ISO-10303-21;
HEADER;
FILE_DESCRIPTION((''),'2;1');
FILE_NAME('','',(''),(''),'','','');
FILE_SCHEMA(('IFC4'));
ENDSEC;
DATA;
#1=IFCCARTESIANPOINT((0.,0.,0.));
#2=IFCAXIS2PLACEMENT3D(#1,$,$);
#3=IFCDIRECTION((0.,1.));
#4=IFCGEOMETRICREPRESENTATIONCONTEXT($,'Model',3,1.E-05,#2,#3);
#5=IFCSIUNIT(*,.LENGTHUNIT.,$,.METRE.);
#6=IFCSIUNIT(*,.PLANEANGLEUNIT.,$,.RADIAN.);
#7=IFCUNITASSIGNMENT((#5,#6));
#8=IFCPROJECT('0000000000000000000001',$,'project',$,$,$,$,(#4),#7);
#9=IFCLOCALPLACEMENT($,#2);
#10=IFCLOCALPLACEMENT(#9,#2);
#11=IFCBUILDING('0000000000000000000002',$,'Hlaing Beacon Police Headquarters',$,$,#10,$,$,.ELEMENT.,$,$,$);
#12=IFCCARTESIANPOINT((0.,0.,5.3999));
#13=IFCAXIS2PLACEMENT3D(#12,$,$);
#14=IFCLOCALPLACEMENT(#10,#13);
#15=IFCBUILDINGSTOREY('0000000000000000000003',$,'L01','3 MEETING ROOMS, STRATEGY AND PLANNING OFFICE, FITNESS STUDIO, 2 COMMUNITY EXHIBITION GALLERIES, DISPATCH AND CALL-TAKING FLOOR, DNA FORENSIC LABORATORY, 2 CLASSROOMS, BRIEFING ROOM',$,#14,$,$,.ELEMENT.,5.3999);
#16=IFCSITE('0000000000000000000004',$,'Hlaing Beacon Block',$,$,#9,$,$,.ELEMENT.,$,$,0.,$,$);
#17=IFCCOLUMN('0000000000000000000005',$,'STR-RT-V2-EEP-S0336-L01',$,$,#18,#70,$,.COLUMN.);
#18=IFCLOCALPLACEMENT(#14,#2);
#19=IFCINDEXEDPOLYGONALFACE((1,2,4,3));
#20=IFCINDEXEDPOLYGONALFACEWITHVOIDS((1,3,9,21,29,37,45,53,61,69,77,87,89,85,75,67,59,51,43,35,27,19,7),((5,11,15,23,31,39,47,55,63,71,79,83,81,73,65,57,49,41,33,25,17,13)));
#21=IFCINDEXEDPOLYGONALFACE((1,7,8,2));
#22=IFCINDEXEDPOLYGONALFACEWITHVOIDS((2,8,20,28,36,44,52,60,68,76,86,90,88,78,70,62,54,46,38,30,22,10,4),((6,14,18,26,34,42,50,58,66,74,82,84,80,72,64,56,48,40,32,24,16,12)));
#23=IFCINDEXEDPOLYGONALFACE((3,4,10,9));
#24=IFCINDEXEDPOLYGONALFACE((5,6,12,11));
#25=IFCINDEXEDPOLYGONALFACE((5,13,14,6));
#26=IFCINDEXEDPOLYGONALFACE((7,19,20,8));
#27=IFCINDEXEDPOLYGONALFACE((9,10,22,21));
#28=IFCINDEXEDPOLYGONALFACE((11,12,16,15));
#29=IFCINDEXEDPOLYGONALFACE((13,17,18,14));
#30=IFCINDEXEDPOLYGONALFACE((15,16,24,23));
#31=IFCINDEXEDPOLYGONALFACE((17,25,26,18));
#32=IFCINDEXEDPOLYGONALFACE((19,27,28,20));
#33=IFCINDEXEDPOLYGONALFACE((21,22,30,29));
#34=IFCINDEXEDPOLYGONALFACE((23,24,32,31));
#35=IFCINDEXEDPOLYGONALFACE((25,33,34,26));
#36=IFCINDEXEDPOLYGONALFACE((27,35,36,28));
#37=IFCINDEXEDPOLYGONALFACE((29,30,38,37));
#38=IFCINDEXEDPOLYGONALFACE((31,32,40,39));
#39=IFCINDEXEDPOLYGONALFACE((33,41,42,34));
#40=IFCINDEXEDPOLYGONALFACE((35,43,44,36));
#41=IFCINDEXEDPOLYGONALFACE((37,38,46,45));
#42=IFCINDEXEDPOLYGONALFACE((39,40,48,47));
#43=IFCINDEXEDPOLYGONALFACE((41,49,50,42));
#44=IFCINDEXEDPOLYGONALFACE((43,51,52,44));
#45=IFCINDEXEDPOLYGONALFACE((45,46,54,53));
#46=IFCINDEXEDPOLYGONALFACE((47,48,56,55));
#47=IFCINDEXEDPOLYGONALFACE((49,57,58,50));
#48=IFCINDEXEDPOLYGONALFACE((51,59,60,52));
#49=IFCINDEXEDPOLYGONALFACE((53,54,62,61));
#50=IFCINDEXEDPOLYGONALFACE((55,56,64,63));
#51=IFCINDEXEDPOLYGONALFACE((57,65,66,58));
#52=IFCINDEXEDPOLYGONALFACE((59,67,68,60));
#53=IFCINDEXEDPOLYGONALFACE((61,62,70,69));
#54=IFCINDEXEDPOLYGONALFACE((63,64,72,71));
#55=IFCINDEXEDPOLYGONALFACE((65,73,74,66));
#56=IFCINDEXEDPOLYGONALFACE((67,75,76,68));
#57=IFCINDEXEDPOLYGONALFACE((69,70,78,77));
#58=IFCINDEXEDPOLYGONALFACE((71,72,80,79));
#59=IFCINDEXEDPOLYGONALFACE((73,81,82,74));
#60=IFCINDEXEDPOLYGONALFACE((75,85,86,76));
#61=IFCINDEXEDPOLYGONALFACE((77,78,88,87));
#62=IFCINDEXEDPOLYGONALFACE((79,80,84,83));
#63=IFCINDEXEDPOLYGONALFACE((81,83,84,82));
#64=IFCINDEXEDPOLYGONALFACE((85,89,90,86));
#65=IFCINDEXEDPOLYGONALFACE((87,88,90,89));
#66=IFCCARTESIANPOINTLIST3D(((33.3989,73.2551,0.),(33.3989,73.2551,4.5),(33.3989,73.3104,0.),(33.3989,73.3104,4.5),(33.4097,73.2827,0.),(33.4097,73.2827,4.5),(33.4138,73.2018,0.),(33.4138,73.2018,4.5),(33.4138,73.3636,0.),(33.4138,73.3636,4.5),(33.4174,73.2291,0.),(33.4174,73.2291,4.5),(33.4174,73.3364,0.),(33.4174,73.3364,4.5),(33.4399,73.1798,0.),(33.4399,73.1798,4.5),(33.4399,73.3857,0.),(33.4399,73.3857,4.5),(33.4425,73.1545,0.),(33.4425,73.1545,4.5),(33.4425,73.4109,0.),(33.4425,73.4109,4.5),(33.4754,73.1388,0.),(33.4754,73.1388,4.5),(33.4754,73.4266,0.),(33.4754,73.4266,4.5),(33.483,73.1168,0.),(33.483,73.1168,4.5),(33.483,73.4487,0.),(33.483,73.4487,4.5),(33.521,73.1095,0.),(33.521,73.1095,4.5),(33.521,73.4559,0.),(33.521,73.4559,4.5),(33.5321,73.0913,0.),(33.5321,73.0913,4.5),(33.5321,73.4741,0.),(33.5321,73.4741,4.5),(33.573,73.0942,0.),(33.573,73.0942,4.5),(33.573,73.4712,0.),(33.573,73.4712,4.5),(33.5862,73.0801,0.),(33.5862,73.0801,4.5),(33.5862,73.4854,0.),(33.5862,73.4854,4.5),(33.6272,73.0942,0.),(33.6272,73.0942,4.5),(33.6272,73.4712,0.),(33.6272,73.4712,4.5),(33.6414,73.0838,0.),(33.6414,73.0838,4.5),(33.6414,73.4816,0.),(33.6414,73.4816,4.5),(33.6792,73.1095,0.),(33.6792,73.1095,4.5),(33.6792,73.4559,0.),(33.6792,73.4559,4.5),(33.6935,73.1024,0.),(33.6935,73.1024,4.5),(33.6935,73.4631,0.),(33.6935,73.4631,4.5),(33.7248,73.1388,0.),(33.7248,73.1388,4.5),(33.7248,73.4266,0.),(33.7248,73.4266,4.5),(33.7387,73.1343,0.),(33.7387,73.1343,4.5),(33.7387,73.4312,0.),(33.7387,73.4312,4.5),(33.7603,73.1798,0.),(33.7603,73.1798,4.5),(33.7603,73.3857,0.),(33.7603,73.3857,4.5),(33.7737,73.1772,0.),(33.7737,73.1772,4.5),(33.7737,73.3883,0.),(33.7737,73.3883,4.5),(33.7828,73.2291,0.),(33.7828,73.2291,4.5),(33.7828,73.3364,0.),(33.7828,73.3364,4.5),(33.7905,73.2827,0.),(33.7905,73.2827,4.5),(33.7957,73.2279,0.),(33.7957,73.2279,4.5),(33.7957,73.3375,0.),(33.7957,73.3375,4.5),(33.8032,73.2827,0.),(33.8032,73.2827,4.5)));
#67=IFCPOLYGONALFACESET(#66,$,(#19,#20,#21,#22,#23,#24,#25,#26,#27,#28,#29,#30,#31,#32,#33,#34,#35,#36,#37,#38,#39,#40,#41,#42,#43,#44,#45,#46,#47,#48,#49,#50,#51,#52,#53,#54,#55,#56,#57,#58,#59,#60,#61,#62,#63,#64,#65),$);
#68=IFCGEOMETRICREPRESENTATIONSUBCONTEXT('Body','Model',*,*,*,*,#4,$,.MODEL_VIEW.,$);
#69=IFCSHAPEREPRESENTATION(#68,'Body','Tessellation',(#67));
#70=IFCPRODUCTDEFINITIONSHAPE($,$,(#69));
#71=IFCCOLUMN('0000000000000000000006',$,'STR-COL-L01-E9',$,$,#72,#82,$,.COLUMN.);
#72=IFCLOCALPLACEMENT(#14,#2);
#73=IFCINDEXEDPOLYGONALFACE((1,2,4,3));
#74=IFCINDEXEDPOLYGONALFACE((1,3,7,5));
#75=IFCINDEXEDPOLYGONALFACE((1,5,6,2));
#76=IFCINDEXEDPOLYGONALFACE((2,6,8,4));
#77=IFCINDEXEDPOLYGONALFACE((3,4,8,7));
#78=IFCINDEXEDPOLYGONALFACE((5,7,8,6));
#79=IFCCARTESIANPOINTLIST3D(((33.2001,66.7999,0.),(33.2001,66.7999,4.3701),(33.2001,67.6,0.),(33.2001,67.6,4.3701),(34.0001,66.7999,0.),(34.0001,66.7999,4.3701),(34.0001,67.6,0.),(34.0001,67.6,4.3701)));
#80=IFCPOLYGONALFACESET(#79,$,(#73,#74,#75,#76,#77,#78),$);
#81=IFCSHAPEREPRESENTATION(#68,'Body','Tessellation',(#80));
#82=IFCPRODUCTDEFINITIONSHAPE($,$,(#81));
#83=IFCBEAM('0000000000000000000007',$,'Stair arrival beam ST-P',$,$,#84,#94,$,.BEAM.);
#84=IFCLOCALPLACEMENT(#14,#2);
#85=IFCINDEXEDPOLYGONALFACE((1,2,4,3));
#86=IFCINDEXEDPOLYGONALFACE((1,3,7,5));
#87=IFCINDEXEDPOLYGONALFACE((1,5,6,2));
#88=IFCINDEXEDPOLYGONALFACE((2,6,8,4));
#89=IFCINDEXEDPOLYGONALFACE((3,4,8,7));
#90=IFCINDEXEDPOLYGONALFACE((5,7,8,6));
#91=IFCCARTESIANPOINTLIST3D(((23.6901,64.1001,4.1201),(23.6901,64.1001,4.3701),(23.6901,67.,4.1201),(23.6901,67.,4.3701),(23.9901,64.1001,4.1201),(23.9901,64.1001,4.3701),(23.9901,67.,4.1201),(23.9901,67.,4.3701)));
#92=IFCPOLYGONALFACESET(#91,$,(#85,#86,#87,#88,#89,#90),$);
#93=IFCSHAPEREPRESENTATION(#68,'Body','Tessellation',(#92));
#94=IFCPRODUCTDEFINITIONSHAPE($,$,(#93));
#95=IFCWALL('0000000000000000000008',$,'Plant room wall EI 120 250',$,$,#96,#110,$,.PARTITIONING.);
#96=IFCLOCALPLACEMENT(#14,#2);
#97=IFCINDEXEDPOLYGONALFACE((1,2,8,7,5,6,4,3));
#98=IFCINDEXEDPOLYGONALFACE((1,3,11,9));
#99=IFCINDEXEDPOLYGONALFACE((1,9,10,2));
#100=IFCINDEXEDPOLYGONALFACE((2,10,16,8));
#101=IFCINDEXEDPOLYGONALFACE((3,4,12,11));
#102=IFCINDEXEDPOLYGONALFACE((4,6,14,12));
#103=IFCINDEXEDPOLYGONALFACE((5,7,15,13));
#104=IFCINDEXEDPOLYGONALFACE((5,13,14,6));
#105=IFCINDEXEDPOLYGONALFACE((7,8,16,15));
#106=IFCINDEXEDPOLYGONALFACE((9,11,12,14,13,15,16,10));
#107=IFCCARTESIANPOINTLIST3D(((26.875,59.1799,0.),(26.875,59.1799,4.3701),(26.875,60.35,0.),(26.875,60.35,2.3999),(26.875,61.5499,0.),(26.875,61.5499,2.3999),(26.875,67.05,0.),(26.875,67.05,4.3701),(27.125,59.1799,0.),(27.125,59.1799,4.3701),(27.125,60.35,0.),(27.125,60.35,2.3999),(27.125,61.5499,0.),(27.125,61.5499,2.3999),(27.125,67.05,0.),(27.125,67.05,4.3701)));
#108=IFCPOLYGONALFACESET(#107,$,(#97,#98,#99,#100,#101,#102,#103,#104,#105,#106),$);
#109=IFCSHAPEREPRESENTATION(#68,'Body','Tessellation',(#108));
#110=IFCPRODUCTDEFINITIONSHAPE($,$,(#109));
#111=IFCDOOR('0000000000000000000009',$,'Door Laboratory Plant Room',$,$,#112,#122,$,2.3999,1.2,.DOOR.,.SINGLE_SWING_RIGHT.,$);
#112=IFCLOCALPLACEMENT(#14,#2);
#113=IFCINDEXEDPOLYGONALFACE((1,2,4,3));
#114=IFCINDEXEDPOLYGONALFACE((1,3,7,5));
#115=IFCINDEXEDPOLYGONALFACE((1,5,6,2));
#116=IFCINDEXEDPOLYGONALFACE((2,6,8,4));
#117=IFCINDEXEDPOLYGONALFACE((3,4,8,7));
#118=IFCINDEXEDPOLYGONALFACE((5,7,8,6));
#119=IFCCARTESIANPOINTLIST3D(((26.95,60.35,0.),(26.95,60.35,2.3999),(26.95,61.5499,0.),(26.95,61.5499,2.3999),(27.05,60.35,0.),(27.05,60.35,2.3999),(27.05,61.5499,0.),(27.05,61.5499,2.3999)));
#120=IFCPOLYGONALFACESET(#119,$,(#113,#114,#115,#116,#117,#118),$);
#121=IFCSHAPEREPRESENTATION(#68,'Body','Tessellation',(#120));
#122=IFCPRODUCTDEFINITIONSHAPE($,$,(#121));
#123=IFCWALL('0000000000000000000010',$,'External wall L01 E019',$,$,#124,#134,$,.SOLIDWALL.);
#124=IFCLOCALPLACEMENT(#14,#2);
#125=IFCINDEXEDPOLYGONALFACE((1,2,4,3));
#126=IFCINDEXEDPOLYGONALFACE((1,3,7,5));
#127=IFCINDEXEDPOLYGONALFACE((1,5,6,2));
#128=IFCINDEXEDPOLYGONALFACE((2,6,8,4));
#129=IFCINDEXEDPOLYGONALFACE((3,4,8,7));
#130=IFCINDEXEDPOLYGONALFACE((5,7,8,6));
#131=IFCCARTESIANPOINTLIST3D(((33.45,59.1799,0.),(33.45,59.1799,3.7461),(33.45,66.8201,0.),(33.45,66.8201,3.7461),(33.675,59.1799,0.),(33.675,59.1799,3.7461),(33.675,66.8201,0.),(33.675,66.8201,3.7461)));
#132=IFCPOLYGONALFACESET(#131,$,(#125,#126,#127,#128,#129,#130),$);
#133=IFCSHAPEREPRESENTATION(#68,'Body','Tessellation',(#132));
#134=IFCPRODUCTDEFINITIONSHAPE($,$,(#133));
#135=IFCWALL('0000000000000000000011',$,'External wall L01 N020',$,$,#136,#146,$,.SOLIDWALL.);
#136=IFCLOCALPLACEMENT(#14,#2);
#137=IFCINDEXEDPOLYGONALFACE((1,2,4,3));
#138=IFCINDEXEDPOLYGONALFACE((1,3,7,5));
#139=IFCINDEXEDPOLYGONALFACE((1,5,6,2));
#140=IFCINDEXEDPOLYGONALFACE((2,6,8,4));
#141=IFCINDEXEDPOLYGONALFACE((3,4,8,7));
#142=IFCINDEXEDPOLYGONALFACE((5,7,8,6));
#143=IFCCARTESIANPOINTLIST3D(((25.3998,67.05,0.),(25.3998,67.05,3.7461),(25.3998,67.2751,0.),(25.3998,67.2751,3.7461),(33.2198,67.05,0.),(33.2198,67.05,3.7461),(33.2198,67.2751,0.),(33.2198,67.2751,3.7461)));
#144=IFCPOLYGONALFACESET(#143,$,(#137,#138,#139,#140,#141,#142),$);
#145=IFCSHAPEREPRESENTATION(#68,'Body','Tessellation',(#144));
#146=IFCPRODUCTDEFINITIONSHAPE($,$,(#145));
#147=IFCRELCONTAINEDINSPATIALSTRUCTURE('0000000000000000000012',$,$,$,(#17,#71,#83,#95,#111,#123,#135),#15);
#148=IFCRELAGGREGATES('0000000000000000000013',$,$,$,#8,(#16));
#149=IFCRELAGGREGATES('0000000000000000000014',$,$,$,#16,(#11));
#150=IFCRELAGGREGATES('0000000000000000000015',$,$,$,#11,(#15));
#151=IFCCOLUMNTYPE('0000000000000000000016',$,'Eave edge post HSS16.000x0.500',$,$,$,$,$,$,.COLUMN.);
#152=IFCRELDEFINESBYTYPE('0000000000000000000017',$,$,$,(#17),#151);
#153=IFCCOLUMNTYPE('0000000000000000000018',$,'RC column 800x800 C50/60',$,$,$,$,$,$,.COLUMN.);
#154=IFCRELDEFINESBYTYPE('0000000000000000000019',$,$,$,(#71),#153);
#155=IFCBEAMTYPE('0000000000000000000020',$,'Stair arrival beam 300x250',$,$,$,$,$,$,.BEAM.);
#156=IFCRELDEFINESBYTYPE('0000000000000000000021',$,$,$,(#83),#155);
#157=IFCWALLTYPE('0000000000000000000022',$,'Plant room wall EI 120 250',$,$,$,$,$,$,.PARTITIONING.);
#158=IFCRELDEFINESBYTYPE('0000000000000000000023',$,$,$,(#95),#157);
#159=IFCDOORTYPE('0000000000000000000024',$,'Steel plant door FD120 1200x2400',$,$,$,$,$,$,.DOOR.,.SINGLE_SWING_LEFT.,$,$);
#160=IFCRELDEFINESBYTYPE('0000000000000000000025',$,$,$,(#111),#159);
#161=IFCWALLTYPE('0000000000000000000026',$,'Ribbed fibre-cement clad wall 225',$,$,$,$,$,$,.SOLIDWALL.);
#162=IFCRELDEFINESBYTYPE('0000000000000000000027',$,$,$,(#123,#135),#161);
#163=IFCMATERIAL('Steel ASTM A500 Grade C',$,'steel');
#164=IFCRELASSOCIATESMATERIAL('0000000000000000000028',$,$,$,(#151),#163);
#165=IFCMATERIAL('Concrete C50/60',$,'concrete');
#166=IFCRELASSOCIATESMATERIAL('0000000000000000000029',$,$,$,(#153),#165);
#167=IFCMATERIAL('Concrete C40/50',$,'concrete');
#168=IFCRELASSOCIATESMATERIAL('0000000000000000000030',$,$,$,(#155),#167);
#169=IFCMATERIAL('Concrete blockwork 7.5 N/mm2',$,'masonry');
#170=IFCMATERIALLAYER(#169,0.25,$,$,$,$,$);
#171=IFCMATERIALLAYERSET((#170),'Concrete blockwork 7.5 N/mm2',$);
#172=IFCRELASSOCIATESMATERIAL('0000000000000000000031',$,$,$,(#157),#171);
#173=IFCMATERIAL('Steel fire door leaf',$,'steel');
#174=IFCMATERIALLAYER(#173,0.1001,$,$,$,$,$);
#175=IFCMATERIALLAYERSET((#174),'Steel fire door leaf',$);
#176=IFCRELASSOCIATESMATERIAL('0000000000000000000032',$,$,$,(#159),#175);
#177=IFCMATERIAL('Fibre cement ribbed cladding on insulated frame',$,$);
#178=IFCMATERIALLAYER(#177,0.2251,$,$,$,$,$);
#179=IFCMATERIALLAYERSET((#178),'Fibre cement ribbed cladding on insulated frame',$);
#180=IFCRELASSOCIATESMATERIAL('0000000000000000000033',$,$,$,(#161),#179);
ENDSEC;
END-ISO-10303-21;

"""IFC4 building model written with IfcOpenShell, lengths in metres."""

from ifc_helpers import new_model, si_unit, direction, frame, frame_2d, origin, origin_2d, place, context, subcontext, project, spatial, rectangle, hollow_circle, extrude, material, layer, layer_set, material_profile, profile_set, type_object, element, fill, save


model = new_model("IFC4")

# Units and contexts
model_context = context("Model", 3, precision=1e-05, world=origin(), true_north=direction((0.0, 1.0)))
body_context = subcontext(model_context, "Body", "Model", "MODEL_VIEW")
ifc_project = project(units=[si_unit("LENGTHUNIT", "METRE"), si_unit("PLANEANGLEUNIT", "RADIAN")], contexts=[model_context])

# Site, building, storey
site_placement = place(None, origin())
site = spatial("IfcSite", under=ifc_project, at=site_placement, Name="Hlaing Beacon Block", CompositionType="ELEMENT", RefElevation=0.0)
building_placement = place(site_placement, origin())
building = spatial("IfcBuilding", under=site, at=building_placement, Name="Hlaing Beacon Police Headquarters", CompositionType="ELEMENT")
storey_placement = place(building_placement, frame((0.0, 0.0, 5.3999)))
storey = spatial("IfcBuildingStorey", under=building, at=storey_placement, Name="L01", Description="3 MEETING ROOMS, STRATEGY AND PLANNING OFFICE, FITNESS STUDIO, 2 COMMUNITY EXHIBITION GALLERIES, DISPATCH AND CALL-TAKING FLOOR, DNA FORENSIC LABORATORY, 2 CLASSROOMS, BRIEFING ROOM", CompositionType="ELEMENT", Elevation=5.3999)

# Columns
ifc_material_1 = material(Name="Steel ASTM A500 Grade C", Category="steel")
ifc_material_profile_1 = material_profile(ifc_material_1, hollow_circle(Radius=0.2031, WallThickness=0.0127, at=origin_2d()), Name="HSS16.000x0.500")
ifc_profile_set_1 = profile_set([ifc_material_profile_1], Name="Steel ASTM A500 Grade C")
column_type_1 = type_object("IfcColumnType", Name="Eave edge post HSS16.000x0.500", PredefinedType="COLUMN", material=ifc_profile_set_1)
column_1_placement = place(storey_placement, frame((33.6001, 73.2827, 0.0), z_axis=(0.0, 0.0, 1.0), x_axis=(1.0, 0.0, 0.0)))
element("IfcColumn", 1, at=column_1_placement, inside=storey, type_object=column_type_1, Name="STR-RT-V2-EEP-S0336-L01", PredefinedType="COLUMN", context=body_context, shape_type="SweptSolid", body=[
    extrude(hollow_circle(Radius=0.2031, WallThickness=0.0127, at=origin_2d()), origin(), (0.0, 0.0, 1.0), 4.5),
])
ifc_material_2 = material(Name="Concrete C50/60", Category="concrete")
ifc_material_profile_2 = material_profile(ifc_material_2, rectangle(XDim=0.8, YDim=0.8, at=origin_2d()), Name="800x800")
ifc_profile_set_2 = profile_set([ifc_material_profile_2], Name="Concrete C50/60")
column_type_2 = type_object("IfcColumnType", Name="RC column 800x800 C50/60", PredefinedType="COLUMN", material=ifc_profile_set_2)
column_2_placement = place(storey_placement, frame((33.6001, 67.2, 0.0), z_axis=(0.0, 0.0, 1.0), x_axis=(1.0, 0.0, 0.0)))
element("IfcColumn", 2, at=column_2_placement, inside=storey, type_object=column_type_2, Name="STR-COL-L01-E9", PredefinedType="COLUMN", context=body_context, shape_type="SweptSolid", body=[
    extrude(rectangle(XDim=0.8, YDim=0.8, at=origin_2d()), origin(), (0.0, 0.0, 1.0), 4.3701),
])

# Beam
ifc_material_3 = material(Name="Concrete C40/50", Category="concrete")
ifc_material_profile_3 = material_profile(ifc_material_3, rectangle(XDim=0.3, YDim=0.25, at=origin_2d()), Name="Stair arrival beam 300x250")
ifc_profile_set_3 = profile_set([ifc_material_profile_3], Name="Concrete C40/50")
beam_type = type_object("IfcBeamType", Name="Stair arrival beam 300x250", PredefinedType="BEAM", material=ifc_profile_set_3)
beam_placement = place(storey_placement, frame((23.8401, 67.0, 4.2451), z_axis=(0.0, -1.0, 0.0), x_axis=(1.0, 0.0, 0.0)))
element("IfcBeam", 3, at=beam_placement, inside=storey, type_object=beam_type, Name="Stair arrival beam ST-P", PredefinedType="BEAM", context=body_context, shape_type="SweptSolid", body=[
    extrude(rectangle(XDim=0.3, YDim=0.25, at=origin_2d()), origin(), (0.0, 0.0, 1.0), 2.8999),
])

# Wall, opening, door
ifc_material_4 = material(Name="Concrete blockwork 7.5 N/mm2", Category="masonry")
ifc_layer_1 = layer(ifc_material_4, 0.25)
ifc_layer_set_1 = layer_set([ifc_layer_1], Name="Concrete blockwork 7.5 N/mm2")
wall_type_1 = type_object("IfcWallType", Name="Plant room wall EI 120 250", PredefinedType="PARTITIONING", material=ifc_layer_set_1)
wall_1_placement = place(storey_placement, frame((27.0, 59.1799, 0.0), z_axis=(0.0, 0.0, 1.0), x_axis=(0.0, 1.0, 0.0)))
wall_1 = element("IfcWall", 4, at=wall_1_placement, inside=storey, type_object=wall_type_1, Name="Plant room wall EI 120 250", PredefinedType="PARTITIONING", context=body_context, shape_type="SweptSolid", body=[
    extrude(rectangle(XDim=7.8701, YDim=0.25, at=frame_2d((3.9351, 0.0))), origin(), (0.0, 0.0, 1.0), 4.3701),
])
opening_1_placement = place(wall_1_placement, frame((1.1699, 0.0, 0.0)))
opening_1 = element("IfcOpeningElement", 5, at=opening_1_placement, cuts=wall_1, PredefinedType="OPENING", context=body_context, shape_type="SweptSolid", body=[
    extrude(rectangle(XDim=1.2, YDim=2.3999, at=frame_2d((0.6001, 1.2))), frame((0.0, 0.135, 0.0), z_axis=(0.0, -1.0, 0.0), x_axis=(1.0, 0.0, 0.0)), (0.0, 0.0, 1.0), 0.27),
])
ifc_material_5 = material(Name="Steel fire door leaf", Category="steel")
ifc_layer_2 = layer(ifc_material_5, 0.1001)
ifc_layer_set_2 = layer_set([ifc_layer_2], Name="Steel fire door leaf")
door_type_1 = type_object("IfcDoorType", Name="Steel plant door FD120 1200x2400", OperationType="SINGLE_SWING_LEFT", PredefinedType="DOOR", material=ifc_layer_set_2)
door_1_placement = place(opening_1_placement, frame((1.2, 0.0, 0.0), z_axis=(0.0, 0.0, 1.0), x_axis=(-1.0, 0.0, 0.0)))
door_1 = element("IfcDoor", 6, at=door_1_placement, inside=storey, type_object=door_type_1, Name="Door Laboratory Plant Room", OperationType="SINGLE_SWING_RIGHT", OverallHeight=2.3999, OverallWidth=1.2, PredefinedType="DOOR", context=body_context, shape_type="SweptSolid", body=[
    extrude(rectangle(XDim=1.2, YDim=2.3999, at=frame_2d((0.5999, 1.2))), frame((0.0, 0.05, 0.0), z_axis=(0.0, -1.0, 0.0), x_axis=(1.0, 0.0, 0.0)), (0.0, 0.0, 1.0), 0.1001),
])
fill(opening_1, door_1)

# Walls
ifc_material_6 = material(Name="Fibre cement ribbed cladding on insulated frame")
ifc_layer_3 = layer(ifc_material_6, 0.2251)
ifc_layer_set_3 = layer_set([ifc_layer_3], Name="Fibre cement ribbed cladding on insulated frame")
wall_type_2 = type_object("IfcWallType", Name="Ribbed fibre-cement clad wall 225", PredefinedType="SOLIDWALL", material=ifc_layer_set_3)
wall_2_placement = place(storey_placement, frame((33.5625, 59.1799, 0.0), z_axis=(0.0, 0.0, 1.0), x_axis=(0.0, 1.0, 0.0)))
element("IfcWall", 7, at=wall_2_placement, inside=storey, type_object=wall_type_2, Name="External wall L01 E019", PredefinedType="SOLIDWALL", context=body_context, shape_type="SweptSolid", body=[
    extrude(rectangle(XDim=7.6401, YDim=0.2251, at=frame_2d((3.8201, 0.0))), origin(), (0.0, 0.0, 1.0), 3.7461),
])
wall_3_placement = place(storey_placement, frame((33.22, 67.1626, 0.0), z_axis=(0.0, 0.0, 1.0), x_axis=(-1.0, 0.0, 0.0)))
element("IfcWall", 8, at=wall_3_placement, inside=storey, type_object=wall_type_2, Name="External wall L01 N020", PredefinedType="SOLIDWALL", context=body_context, shape_type="SweptSolid", body=[
    extrude(rectangle(XDim=7.8201, YDim=0.2251, at=frame_2d((3.9102, 0.0))), origin(), (0.0, 0.0, 1.0), 3.7461),
])

save(model, "model.ifc")
